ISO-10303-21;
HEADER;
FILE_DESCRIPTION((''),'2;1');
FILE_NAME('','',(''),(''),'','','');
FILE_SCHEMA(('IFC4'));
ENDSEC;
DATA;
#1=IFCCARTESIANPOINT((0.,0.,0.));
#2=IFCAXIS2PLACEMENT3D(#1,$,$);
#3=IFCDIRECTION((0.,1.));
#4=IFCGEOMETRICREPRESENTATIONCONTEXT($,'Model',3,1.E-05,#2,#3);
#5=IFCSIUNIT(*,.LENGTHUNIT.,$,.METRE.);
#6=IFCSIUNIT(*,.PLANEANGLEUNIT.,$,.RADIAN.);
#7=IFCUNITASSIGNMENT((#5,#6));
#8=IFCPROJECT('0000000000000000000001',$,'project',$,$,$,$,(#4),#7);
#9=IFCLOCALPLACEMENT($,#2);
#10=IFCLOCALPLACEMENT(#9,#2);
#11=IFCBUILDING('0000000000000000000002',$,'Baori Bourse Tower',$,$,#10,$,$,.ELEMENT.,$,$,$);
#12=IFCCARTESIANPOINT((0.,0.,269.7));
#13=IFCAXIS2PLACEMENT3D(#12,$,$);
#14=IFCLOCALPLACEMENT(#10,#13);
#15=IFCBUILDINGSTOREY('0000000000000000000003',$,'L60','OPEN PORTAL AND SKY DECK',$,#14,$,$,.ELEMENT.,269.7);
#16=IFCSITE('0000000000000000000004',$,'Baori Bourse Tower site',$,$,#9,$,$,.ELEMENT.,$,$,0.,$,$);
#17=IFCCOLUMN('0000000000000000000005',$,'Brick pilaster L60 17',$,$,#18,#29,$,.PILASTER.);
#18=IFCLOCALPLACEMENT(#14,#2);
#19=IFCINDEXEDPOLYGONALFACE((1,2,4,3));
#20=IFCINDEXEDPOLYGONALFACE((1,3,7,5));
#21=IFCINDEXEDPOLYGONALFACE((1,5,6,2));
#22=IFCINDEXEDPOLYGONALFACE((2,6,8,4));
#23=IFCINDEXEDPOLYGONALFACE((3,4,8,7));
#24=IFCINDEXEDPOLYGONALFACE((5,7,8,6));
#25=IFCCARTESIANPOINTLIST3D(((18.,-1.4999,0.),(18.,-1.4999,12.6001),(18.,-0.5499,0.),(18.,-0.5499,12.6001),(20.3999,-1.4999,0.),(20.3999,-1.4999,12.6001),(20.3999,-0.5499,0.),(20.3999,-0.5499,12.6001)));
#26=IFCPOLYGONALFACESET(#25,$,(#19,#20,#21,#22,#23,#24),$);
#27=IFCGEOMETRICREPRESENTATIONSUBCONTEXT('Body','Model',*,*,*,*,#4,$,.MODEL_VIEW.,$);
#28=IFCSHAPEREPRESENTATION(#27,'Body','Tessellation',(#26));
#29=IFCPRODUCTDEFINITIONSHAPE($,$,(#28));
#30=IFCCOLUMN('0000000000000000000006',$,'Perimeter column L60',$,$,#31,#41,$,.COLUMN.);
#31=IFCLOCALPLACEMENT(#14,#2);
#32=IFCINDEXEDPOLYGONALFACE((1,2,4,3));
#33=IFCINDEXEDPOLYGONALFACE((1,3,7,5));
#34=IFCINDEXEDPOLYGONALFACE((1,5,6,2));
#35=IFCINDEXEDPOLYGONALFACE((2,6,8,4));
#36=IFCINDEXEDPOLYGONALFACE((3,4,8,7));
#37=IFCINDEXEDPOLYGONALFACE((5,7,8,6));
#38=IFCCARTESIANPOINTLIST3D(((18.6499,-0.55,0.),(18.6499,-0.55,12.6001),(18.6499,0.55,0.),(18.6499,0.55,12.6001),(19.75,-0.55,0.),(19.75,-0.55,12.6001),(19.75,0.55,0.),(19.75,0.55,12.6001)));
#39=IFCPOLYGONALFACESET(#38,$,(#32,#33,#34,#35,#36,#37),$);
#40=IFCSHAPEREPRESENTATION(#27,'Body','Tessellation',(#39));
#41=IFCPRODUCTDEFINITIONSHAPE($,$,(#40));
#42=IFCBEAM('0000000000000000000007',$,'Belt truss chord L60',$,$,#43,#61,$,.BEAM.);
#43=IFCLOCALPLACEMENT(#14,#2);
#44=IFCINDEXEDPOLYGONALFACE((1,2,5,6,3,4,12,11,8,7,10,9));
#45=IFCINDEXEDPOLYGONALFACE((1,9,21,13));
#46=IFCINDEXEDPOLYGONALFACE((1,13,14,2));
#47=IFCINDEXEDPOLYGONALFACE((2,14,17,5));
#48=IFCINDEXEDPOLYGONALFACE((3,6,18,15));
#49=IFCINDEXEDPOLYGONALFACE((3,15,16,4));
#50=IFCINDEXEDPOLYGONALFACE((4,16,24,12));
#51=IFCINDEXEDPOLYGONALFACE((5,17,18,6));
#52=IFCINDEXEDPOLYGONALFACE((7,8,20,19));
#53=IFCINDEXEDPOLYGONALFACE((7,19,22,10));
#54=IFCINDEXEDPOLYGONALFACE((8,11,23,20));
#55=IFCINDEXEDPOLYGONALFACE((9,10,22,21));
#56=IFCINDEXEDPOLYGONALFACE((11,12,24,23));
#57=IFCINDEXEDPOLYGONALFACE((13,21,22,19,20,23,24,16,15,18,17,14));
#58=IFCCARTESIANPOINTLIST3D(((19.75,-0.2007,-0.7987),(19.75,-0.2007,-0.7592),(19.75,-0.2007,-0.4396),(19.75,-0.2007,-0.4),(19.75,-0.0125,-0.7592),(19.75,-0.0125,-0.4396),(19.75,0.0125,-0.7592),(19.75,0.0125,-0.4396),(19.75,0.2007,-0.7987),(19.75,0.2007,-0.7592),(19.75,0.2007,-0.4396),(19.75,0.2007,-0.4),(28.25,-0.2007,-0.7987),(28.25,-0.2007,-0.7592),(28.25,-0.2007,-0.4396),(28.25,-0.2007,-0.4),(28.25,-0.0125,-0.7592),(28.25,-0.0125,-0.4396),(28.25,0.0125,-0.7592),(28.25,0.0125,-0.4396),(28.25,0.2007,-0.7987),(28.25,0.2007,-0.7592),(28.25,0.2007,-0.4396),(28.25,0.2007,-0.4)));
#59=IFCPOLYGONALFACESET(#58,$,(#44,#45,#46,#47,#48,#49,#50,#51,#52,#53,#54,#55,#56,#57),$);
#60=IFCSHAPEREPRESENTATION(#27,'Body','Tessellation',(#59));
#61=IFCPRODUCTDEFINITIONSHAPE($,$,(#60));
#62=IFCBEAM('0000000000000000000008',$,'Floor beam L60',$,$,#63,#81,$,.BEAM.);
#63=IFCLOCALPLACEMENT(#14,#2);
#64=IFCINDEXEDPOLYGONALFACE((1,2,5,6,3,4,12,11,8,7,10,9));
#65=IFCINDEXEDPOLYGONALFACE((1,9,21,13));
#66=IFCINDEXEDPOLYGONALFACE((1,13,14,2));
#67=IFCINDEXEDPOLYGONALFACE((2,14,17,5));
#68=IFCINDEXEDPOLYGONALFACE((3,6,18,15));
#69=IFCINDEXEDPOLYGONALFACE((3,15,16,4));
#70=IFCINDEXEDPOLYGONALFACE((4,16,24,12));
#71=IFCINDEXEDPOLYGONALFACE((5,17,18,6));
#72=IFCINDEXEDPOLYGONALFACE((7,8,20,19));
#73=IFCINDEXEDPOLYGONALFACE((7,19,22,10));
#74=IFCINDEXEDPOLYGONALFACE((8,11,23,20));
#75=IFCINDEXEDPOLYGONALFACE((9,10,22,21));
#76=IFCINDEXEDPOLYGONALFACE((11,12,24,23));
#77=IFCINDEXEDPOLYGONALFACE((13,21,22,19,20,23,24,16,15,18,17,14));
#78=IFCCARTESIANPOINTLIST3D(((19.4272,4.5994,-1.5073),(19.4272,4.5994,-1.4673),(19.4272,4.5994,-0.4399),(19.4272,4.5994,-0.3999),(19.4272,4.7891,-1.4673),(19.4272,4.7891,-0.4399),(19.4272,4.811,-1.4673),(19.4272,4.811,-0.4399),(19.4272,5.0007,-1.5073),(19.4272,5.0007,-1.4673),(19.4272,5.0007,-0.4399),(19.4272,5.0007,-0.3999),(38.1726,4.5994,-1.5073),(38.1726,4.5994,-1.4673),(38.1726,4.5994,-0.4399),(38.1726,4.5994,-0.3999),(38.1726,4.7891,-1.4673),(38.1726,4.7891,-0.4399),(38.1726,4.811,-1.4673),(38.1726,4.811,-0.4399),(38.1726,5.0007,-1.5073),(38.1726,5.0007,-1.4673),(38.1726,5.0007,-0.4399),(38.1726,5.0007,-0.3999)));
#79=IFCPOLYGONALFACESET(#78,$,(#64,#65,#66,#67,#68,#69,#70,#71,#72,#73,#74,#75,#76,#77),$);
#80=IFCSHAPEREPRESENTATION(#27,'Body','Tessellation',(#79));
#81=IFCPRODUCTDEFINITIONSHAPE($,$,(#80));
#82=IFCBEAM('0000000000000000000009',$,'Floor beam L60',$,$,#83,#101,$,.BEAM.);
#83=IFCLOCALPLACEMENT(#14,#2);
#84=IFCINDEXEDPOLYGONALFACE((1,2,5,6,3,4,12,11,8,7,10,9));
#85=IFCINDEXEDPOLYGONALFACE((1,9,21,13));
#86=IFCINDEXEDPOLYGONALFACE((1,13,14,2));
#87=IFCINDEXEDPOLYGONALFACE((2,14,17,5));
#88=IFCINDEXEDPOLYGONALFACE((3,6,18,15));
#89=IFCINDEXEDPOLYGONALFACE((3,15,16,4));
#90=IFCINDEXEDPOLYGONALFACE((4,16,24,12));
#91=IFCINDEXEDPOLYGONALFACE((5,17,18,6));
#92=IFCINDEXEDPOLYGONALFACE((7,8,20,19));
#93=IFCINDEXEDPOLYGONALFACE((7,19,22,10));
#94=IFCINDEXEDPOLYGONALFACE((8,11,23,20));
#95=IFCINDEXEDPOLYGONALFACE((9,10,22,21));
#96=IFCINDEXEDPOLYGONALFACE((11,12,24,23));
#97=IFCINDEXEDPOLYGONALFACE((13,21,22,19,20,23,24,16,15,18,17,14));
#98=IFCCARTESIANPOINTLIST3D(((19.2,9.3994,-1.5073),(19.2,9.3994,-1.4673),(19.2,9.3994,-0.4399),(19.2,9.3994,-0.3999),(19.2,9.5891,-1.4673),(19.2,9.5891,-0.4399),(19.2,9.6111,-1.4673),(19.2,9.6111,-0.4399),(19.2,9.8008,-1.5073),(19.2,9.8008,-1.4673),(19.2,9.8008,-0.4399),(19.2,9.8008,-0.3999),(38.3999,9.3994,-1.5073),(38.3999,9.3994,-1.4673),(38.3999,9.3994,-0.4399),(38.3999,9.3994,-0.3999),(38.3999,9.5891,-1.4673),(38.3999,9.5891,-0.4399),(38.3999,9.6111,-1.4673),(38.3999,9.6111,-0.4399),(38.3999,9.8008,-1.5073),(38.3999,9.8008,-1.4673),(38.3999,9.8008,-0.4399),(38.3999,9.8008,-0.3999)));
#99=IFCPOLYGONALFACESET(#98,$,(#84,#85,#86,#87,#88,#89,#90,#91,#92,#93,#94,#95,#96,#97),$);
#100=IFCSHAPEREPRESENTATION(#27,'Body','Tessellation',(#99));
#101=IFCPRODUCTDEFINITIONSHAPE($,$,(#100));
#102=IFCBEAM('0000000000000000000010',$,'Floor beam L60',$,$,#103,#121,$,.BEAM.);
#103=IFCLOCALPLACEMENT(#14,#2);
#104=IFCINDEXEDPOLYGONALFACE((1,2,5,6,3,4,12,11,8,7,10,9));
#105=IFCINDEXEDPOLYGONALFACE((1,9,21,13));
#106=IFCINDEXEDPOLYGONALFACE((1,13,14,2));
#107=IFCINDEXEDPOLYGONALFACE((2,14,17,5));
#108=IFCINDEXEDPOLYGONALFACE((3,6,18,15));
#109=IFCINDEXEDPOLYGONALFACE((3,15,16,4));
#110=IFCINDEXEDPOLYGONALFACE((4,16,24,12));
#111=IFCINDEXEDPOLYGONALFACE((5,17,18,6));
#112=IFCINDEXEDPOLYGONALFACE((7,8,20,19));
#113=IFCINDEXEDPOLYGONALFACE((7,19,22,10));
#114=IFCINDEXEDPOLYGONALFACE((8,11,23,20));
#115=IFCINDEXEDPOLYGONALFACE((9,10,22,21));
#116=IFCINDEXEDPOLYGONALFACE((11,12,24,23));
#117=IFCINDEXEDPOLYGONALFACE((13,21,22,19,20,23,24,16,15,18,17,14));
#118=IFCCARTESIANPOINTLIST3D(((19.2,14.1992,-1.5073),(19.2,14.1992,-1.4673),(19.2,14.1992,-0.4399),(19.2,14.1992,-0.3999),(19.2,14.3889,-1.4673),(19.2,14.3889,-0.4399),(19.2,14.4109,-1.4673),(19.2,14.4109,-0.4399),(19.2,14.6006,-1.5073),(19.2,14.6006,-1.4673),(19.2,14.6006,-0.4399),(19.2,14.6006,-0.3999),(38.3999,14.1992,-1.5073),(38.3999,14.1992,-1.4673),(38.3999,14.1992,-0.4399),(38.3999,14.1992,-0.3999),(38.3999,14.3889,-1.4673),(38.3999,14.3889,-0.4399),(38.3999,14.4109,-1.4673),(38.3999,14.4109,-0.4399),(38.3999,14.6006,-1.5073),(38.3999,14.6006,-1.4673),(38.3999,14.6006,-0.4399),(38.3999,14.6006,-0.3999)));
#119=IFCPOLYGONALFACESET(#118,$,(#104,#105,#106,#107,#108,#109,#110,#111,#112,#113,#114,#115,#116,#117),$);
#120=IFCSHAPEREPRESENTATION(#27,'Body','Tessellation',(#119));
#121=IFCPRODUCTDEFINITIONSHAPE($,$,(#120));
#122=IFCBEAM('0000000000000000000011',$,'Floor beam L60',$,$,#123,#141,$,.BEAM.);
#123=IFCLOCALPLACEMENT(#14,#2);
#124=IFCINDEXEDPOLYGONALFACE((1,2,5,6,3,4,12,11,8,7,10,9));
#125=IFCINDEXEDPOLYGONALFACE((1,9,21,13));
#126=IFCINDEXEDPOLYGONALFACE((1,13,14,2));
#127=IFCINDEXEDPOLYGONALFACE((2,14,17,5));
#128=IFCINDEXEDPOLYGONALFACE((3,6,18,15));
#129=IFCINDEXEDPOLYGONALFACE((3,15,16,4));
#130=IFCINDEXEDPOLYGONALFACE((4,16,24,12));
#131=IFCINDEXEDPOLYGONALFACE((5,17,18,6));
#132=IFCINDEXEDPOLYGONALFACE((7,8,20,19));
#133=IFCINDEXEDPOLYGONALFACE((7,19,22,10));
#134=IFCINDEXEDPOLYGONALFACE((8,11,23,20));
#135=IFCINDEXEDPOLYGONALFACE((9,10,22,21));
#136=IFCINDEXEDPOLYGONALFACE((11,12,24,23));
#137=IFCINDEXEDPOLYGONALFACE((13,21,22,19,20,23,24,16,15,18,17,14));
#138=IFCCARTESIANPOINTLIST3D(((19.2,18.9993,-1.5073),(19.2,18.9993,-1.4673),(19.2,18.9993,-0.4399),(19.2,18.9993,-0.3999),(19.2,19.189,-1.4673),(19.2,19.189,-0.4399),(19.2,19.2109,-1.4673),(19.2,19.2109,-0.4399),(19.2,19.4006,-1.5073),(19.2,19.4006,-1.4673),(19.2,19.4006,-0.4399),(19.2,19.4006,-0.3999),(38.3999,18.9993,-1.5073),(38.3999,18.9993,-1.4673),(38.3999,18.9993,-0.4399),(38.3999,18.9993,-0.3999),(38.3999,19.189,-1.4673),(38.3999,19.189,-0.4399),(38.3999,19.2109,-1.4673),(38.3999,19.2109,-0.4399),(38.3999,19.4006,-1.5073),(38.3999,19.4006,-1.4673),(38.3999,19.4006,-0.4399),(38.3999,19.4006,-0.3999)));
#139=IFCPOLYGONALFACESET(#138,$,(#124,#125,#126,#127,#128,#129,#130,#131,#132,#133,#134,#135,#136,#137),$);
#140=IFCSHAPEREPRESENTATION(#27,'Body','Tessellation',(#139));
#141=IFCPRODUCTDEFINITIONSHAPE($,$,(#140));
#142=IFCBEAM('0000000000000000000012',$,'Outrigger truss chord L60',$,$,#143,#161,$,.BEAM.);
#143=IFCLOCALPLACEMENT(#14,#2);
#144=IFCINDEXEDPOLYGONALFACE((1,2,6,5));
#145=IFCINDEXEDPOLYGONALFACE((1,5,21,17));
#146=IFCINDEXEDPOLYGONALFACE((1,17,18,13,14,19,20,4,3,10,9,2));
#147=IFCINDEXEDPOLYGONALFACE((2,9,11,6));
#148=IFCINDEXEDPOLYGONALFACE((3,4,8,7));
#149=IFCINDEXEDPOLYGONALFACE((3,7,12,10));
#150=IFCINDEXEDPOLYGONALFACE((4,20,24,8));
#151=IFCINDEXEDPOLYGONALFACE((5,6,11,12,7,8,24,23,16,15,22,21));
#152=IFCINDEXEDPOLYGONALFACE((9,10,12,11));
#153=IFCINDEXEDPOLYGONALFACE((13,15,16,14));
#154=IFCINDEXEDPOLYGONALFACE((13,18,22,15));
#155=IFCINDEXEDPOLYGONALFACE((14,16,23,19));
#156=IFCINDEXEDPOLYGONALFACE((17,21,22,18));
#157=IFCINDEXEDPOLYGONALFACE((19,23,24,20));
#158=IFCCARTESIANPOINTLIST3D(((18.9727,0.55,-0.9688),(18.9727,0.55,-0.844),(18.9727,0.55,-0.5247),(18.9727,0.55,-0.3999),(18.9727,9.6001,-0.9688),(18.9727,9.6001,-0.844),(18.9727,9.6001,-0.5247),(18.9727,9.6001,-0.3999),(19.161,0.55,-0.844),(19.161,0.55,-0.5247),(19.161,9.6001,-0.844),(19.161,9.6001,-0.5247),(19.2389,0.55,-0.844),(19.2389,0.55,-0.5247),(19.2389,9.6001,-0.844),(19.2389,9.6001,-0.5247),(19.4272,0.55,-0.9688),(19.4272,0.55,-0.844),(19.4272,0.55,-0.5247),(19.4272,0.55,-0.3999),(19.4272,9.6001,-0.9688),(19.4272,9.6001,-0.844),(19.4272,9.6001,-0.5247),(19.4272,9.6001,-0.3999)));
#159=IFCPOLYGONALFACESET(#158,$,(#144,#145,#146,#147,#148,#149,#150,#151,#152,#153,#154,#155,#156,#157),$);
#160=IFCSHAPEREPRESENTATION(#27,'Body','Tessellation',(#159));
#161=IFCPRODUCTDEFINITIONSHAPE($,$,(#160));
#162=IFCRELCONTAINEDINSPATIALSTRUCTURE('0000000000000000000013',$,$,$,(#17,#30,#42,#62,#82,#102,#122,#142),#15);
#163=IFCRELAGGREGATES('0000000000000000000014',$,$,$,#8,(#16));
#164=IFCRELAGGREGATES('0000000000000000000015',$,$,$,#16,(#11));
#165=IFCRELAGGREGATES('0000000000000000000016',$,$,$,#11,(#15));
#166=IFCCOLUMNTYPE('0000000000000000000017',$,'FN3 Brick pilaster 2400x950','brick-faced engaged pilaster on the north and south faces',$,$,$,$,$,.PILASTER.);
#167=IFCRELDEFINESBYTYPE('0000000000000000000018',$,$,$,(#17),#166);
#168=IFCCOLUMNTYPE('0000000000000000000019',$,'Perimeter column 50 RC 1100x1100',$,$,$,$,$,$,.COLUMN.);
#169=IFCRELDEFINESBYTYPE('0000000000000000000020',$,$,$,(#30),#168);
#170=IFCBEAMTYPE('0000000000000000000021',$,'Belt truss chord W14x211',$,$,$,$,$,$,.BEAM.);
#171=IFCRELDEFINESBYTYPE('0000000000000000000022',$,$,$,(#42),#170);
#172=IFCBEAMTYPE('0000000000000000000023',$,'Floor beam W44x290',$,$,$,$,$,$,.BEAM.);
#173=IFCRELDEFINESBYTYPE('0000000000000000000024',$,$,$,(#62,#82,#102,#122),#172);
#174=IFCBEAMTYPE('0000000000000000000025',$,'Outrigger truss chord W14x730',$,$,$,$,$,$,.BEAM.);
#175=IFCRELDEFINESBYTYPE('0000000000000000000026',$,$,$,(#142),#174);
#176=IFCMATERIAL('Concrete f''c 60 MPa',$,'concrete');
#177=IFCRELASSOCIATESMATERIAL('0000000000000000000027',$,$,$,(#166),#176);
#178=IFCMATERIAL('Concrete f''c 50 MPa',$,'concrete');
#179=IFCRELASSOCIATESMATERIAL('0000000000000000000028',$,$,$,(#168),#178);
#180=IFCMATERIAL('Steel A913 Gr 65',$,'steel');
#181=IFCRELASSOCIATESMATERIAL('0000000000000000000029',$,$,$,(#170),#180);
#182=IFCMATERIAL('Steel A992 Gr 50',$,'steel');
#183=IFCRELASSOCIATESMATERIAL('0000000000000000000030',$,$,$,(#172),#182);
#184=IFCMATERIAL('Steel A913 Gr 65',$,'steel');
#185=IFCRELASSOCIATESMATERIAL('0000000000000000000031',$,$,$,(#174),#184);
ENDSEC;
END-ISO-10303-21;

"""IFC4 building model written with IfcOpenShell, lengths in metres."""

from ifc_helpers import new_model, si_unit, direction, frame, origin, origin_2d, place, context, subcontext, project, spatial, rectangle, i_section, extrude, material, material_profile, profile_set, type_object, element, save


model = new_model("IFC4")

# Units and contexts
model_context = context("Model", 3, precision=1e-05, world=origin(), true_north=direction((0.0, 1.0)))
body_context = subcontext(model_context, "Body", "Model", "MODEL_VIEW")
ifc_project = project(units=[si_unit("LENGTHUNIT", "METRE"), si_unit("PLANEANGLEUNIT", "RADIAN")], contexts=[model_context])

# Site, building, storey
site_placement = place(None, origin())
site = spatial("IfcSite", under=ifc_project, at=site_placement, Name="Baori Bourse Tower site", CompositionType="ELEMENT", RefElevation=0.0)
building_placement = place(site_placement, origin())
building = spatial("IfcBuilding", under=site, at=building_placement, Name="Baori Bourse Tower", CompositionType="ELEMENT")
storey_placement = place(building_placement, frame((0.0, 0.0, 269.7)))
storey = spatial("IfcBuildingStorey", under=building, at=storey_placement, Name="L60", Description="OPEN PORTAL AND SKY DECK", CompositionType="ELEMENT", Elevation=269.7)

# Columns
ifc_material_1 = material(Name="Concrete f'c 60 MPa", Category="concrete")
ifc_material_profile_1 = material_profile(ifc_material_1, rectangle(XDim=2.3999, YDim=0.95, at=origin_2d()), Name="RC 2400x950")
ifc_profile_set_1 = profile_set([ifc_material_profile_1], Name="Concrete f'c 60 MPa")
column_type_1 = type_object("IfcColumnType", Name="FN3 Brick pilaster 2400x950", Description="brick-faced engaged pilaster on the north and south faces", PredefinedType="PILASTER", material=ifc_profile_set_1)
column_1_placement = place(storey_placement, frame((19.2, -1.0249, 0.0), z_axis=(0.0, 0.0, 1.0), x_axis=(1.0, 0.0, 0.0)))
element("IfcColumn", 1, at=column_1_placement, inside=storey, type_object=column_type_1, Name="Brick pilaster L60 17", PredefinedType="PILASTER", context=body_context, shape_type="SweptSolid", body=[
    extrude(rectangle(XDim=2.3999, YDim=0.95, at=origin_2d()), origin(), (0.0, 0.0, 1.0), 12.6001),
])
ifc_material_2 = material(Name="Concrete f'c 50 MPa", Category="concrete")
ifc_material_profile_2 = material_profile(ifc_material_2, rectangle(XDim=1.1001, YDim=1.1001, at=origin_2d()), Name="RC 1100x1100")
ifc_profile_set_2 = profile_set([ifc_material_profile_2], Name="Concrete f'c 50 MPa")
column_type_2 = type_object("IfcColumnType", Name="Perimeter column 50 RC 1100x1100", PredefinedType="COLUMN", material=ifc_profile_set_2)
column_2_placement = place(storey_placement, frame((19.2, 0.0, 0.0), z_axis=(0.0, 0.0, 1.0), x_axis=(1.0, 0.0, 0.0)))
element("IfcColumn", 2, at=column_2_placement, inside=storey, type_object=column_type_2, Name="Perimeter column L60", PredefinedType="COLUMN", context=body_context, shape_type="SweptSolid", body=[
    extrude(rectangle(XDim=1.1001, YDim=1.1001, at=origin_2d()), origin(), (0.0, 0.0, 1.0), 12.6001),
])

# Beams
ifc_material_3 = material(Name="Steel A913 Gr 65", Category="steel")
ifc_material_profile_3 = material_profile(ifc_material_3, i_section(OverallWidth=0.4014, OverallDepth=0.3987, WebThickness=0.0249, FlangeThickness=0.0396, at=origin_2d()), Name="W14x211")
ifc_profile_set_3 = profile_set([ifc_material_profile_3], Name="Steel A913 Gr 65")
beam_type_1 = type_object("IfcBeamType", Name="Belt truss chord W14x211", PredefinedType="BEAM", material=ifc_profile_set_3)
beam_1_placement = place(storey_placement, frame((19.75, 0.0, -0.5994), z_axis=(1.0, 0.0, 0.0), x_axis=(0.0, 1.0, 0.0)))
element("IfcBeam", 3, at=beam_1_placement, inside=storey, type_object=beam_type_1, Name="Belt truss chord L60", PredefinedType="BEAM", context=body_context, shape_type="SweptSolid", body=[
    extrude(i_section(OverallWidth=0.4014, OverallDepth=0.3987, WebThickness=0.0249, FlangeThickness=0.0396, at=origin_2d()), origin(), (0.0, 0.0, 1.0), 8.5),
])
ifc_material_4 = material(Name="Steel A992 Gr 50", Category="steel")
ifc_material_profile_4 = material_profile(ifc_material_4, i_section(OverallWidth=0.4014, OverallDepth=1.1074, WebThickness=0.022, FlangeThickness=0.04, at=origin_2d()), Name="W44x290")
ifc_profile_set_4 = profile_set([ifc_material_profile_4], Name="Steel A992 Gr 50")
beam_type_2 = type_object("IfcBeamType", Name="Floor beam W44x290", PredefinedType="BEAM", material=ifc_profile_set_4)
beam_2_placement = place(storey_placement, frame((19.4272, 4.8, -0.9536), z_axis=(1.0, 0.0, 0.0), x_axis=(0.0, 1.0, 0.0)))
element("IfcBeam", 4, at=beam_2_placement, inside=storey, type_object=beam_type_2, Name="Floor beam L60", PredefinedType="BEAM", context=body_context, shape_type="SweptSolid", body=[
    extrude(i_section(OverallWidth=0.4014, OverallDepth=1.1074, WebThickness=0.022, FlangeThickness=0.04, at=origin_2d()), origin(), (0.0, 0.0, 1.0), 18.7454),
])
for number, where, z_axis, x_axis, name in (
    (5, (19.2, 9.6001, -0.9536), (1.0, 0.0, 0.0), (0.0, 1.0, 0.0), "Floor beam L60"),
    (6, (19.2, 14.3999, -0.9536), (1.0, 0.0, 0.0), (0.0, 1.0, 0.0), "Floor beam L60"),
    (7, (19.2, 19.2, -0.9536), (1.0, 0.0, 0.0), (0.0, 1.0, 0.0), "Floor beam L60"),
):
    element("IfcBeam", number, at=place(storey_placement, frame(where, z_axis=z_axis, x_axis=x_axis)), inside=storey, type_object=beam_type_2, Name=name, PredefinedType="BEAM", context=body_context, shape_type="SweptSolid", body=[
        extrude(i_section(OverallWidth=0.4014, OverallDepth=1.1074, WebThickness=0.022, FlangeThickness=0.04, at=origin_2d()), origin(), (0.0, 0.0, 1.0), 19.2),
    ])
ifc_material_5 = material(Name="Steel A913 Gr 65", Category="steel")
ifc_material_profile_5 = material_profile(ifc_material_5, i_section(OverallWidth=0.4546, OverallDepth=0.5688, WebThickness=0.0779, FlangeThickness=0.1248, at=origin_2d()), Name="W14x730")
ifc_profile_set_5 = profile_set([ifc_material_profile_5], Name="Steel A913 Gr 65")
beam_type_3 = type_object("IfcBeamType", Name="Outrigger truss chord W14x730", PredefinedType="BEAM", material=ifc_profile_set_5)
beam_3_placement = place(storey_placement, frame((19.2, 0.55, -0.6843), z_axis=(0.0, 1.0, 0.0), x_axis=(-1.0, 0.0, 0.0)))
element("IfcBeam", 8, at=beam_3_placement, inside=storey, type_object=beam_type_3, Name="Outrigger truss chord L60", PredefinedType="BEAM", context=body_context, shape_type="SweptSolid", body=[
    extrude(i_section(OverallWidth=0.4546, OverallDepth=0.5688, WebThickness=0.0779, FlangeThickness=0.1248, at=origin_2d()), origin(), (0.0, 0.0, 1.0), 9.05),
])

save(model, "model.ifc")
